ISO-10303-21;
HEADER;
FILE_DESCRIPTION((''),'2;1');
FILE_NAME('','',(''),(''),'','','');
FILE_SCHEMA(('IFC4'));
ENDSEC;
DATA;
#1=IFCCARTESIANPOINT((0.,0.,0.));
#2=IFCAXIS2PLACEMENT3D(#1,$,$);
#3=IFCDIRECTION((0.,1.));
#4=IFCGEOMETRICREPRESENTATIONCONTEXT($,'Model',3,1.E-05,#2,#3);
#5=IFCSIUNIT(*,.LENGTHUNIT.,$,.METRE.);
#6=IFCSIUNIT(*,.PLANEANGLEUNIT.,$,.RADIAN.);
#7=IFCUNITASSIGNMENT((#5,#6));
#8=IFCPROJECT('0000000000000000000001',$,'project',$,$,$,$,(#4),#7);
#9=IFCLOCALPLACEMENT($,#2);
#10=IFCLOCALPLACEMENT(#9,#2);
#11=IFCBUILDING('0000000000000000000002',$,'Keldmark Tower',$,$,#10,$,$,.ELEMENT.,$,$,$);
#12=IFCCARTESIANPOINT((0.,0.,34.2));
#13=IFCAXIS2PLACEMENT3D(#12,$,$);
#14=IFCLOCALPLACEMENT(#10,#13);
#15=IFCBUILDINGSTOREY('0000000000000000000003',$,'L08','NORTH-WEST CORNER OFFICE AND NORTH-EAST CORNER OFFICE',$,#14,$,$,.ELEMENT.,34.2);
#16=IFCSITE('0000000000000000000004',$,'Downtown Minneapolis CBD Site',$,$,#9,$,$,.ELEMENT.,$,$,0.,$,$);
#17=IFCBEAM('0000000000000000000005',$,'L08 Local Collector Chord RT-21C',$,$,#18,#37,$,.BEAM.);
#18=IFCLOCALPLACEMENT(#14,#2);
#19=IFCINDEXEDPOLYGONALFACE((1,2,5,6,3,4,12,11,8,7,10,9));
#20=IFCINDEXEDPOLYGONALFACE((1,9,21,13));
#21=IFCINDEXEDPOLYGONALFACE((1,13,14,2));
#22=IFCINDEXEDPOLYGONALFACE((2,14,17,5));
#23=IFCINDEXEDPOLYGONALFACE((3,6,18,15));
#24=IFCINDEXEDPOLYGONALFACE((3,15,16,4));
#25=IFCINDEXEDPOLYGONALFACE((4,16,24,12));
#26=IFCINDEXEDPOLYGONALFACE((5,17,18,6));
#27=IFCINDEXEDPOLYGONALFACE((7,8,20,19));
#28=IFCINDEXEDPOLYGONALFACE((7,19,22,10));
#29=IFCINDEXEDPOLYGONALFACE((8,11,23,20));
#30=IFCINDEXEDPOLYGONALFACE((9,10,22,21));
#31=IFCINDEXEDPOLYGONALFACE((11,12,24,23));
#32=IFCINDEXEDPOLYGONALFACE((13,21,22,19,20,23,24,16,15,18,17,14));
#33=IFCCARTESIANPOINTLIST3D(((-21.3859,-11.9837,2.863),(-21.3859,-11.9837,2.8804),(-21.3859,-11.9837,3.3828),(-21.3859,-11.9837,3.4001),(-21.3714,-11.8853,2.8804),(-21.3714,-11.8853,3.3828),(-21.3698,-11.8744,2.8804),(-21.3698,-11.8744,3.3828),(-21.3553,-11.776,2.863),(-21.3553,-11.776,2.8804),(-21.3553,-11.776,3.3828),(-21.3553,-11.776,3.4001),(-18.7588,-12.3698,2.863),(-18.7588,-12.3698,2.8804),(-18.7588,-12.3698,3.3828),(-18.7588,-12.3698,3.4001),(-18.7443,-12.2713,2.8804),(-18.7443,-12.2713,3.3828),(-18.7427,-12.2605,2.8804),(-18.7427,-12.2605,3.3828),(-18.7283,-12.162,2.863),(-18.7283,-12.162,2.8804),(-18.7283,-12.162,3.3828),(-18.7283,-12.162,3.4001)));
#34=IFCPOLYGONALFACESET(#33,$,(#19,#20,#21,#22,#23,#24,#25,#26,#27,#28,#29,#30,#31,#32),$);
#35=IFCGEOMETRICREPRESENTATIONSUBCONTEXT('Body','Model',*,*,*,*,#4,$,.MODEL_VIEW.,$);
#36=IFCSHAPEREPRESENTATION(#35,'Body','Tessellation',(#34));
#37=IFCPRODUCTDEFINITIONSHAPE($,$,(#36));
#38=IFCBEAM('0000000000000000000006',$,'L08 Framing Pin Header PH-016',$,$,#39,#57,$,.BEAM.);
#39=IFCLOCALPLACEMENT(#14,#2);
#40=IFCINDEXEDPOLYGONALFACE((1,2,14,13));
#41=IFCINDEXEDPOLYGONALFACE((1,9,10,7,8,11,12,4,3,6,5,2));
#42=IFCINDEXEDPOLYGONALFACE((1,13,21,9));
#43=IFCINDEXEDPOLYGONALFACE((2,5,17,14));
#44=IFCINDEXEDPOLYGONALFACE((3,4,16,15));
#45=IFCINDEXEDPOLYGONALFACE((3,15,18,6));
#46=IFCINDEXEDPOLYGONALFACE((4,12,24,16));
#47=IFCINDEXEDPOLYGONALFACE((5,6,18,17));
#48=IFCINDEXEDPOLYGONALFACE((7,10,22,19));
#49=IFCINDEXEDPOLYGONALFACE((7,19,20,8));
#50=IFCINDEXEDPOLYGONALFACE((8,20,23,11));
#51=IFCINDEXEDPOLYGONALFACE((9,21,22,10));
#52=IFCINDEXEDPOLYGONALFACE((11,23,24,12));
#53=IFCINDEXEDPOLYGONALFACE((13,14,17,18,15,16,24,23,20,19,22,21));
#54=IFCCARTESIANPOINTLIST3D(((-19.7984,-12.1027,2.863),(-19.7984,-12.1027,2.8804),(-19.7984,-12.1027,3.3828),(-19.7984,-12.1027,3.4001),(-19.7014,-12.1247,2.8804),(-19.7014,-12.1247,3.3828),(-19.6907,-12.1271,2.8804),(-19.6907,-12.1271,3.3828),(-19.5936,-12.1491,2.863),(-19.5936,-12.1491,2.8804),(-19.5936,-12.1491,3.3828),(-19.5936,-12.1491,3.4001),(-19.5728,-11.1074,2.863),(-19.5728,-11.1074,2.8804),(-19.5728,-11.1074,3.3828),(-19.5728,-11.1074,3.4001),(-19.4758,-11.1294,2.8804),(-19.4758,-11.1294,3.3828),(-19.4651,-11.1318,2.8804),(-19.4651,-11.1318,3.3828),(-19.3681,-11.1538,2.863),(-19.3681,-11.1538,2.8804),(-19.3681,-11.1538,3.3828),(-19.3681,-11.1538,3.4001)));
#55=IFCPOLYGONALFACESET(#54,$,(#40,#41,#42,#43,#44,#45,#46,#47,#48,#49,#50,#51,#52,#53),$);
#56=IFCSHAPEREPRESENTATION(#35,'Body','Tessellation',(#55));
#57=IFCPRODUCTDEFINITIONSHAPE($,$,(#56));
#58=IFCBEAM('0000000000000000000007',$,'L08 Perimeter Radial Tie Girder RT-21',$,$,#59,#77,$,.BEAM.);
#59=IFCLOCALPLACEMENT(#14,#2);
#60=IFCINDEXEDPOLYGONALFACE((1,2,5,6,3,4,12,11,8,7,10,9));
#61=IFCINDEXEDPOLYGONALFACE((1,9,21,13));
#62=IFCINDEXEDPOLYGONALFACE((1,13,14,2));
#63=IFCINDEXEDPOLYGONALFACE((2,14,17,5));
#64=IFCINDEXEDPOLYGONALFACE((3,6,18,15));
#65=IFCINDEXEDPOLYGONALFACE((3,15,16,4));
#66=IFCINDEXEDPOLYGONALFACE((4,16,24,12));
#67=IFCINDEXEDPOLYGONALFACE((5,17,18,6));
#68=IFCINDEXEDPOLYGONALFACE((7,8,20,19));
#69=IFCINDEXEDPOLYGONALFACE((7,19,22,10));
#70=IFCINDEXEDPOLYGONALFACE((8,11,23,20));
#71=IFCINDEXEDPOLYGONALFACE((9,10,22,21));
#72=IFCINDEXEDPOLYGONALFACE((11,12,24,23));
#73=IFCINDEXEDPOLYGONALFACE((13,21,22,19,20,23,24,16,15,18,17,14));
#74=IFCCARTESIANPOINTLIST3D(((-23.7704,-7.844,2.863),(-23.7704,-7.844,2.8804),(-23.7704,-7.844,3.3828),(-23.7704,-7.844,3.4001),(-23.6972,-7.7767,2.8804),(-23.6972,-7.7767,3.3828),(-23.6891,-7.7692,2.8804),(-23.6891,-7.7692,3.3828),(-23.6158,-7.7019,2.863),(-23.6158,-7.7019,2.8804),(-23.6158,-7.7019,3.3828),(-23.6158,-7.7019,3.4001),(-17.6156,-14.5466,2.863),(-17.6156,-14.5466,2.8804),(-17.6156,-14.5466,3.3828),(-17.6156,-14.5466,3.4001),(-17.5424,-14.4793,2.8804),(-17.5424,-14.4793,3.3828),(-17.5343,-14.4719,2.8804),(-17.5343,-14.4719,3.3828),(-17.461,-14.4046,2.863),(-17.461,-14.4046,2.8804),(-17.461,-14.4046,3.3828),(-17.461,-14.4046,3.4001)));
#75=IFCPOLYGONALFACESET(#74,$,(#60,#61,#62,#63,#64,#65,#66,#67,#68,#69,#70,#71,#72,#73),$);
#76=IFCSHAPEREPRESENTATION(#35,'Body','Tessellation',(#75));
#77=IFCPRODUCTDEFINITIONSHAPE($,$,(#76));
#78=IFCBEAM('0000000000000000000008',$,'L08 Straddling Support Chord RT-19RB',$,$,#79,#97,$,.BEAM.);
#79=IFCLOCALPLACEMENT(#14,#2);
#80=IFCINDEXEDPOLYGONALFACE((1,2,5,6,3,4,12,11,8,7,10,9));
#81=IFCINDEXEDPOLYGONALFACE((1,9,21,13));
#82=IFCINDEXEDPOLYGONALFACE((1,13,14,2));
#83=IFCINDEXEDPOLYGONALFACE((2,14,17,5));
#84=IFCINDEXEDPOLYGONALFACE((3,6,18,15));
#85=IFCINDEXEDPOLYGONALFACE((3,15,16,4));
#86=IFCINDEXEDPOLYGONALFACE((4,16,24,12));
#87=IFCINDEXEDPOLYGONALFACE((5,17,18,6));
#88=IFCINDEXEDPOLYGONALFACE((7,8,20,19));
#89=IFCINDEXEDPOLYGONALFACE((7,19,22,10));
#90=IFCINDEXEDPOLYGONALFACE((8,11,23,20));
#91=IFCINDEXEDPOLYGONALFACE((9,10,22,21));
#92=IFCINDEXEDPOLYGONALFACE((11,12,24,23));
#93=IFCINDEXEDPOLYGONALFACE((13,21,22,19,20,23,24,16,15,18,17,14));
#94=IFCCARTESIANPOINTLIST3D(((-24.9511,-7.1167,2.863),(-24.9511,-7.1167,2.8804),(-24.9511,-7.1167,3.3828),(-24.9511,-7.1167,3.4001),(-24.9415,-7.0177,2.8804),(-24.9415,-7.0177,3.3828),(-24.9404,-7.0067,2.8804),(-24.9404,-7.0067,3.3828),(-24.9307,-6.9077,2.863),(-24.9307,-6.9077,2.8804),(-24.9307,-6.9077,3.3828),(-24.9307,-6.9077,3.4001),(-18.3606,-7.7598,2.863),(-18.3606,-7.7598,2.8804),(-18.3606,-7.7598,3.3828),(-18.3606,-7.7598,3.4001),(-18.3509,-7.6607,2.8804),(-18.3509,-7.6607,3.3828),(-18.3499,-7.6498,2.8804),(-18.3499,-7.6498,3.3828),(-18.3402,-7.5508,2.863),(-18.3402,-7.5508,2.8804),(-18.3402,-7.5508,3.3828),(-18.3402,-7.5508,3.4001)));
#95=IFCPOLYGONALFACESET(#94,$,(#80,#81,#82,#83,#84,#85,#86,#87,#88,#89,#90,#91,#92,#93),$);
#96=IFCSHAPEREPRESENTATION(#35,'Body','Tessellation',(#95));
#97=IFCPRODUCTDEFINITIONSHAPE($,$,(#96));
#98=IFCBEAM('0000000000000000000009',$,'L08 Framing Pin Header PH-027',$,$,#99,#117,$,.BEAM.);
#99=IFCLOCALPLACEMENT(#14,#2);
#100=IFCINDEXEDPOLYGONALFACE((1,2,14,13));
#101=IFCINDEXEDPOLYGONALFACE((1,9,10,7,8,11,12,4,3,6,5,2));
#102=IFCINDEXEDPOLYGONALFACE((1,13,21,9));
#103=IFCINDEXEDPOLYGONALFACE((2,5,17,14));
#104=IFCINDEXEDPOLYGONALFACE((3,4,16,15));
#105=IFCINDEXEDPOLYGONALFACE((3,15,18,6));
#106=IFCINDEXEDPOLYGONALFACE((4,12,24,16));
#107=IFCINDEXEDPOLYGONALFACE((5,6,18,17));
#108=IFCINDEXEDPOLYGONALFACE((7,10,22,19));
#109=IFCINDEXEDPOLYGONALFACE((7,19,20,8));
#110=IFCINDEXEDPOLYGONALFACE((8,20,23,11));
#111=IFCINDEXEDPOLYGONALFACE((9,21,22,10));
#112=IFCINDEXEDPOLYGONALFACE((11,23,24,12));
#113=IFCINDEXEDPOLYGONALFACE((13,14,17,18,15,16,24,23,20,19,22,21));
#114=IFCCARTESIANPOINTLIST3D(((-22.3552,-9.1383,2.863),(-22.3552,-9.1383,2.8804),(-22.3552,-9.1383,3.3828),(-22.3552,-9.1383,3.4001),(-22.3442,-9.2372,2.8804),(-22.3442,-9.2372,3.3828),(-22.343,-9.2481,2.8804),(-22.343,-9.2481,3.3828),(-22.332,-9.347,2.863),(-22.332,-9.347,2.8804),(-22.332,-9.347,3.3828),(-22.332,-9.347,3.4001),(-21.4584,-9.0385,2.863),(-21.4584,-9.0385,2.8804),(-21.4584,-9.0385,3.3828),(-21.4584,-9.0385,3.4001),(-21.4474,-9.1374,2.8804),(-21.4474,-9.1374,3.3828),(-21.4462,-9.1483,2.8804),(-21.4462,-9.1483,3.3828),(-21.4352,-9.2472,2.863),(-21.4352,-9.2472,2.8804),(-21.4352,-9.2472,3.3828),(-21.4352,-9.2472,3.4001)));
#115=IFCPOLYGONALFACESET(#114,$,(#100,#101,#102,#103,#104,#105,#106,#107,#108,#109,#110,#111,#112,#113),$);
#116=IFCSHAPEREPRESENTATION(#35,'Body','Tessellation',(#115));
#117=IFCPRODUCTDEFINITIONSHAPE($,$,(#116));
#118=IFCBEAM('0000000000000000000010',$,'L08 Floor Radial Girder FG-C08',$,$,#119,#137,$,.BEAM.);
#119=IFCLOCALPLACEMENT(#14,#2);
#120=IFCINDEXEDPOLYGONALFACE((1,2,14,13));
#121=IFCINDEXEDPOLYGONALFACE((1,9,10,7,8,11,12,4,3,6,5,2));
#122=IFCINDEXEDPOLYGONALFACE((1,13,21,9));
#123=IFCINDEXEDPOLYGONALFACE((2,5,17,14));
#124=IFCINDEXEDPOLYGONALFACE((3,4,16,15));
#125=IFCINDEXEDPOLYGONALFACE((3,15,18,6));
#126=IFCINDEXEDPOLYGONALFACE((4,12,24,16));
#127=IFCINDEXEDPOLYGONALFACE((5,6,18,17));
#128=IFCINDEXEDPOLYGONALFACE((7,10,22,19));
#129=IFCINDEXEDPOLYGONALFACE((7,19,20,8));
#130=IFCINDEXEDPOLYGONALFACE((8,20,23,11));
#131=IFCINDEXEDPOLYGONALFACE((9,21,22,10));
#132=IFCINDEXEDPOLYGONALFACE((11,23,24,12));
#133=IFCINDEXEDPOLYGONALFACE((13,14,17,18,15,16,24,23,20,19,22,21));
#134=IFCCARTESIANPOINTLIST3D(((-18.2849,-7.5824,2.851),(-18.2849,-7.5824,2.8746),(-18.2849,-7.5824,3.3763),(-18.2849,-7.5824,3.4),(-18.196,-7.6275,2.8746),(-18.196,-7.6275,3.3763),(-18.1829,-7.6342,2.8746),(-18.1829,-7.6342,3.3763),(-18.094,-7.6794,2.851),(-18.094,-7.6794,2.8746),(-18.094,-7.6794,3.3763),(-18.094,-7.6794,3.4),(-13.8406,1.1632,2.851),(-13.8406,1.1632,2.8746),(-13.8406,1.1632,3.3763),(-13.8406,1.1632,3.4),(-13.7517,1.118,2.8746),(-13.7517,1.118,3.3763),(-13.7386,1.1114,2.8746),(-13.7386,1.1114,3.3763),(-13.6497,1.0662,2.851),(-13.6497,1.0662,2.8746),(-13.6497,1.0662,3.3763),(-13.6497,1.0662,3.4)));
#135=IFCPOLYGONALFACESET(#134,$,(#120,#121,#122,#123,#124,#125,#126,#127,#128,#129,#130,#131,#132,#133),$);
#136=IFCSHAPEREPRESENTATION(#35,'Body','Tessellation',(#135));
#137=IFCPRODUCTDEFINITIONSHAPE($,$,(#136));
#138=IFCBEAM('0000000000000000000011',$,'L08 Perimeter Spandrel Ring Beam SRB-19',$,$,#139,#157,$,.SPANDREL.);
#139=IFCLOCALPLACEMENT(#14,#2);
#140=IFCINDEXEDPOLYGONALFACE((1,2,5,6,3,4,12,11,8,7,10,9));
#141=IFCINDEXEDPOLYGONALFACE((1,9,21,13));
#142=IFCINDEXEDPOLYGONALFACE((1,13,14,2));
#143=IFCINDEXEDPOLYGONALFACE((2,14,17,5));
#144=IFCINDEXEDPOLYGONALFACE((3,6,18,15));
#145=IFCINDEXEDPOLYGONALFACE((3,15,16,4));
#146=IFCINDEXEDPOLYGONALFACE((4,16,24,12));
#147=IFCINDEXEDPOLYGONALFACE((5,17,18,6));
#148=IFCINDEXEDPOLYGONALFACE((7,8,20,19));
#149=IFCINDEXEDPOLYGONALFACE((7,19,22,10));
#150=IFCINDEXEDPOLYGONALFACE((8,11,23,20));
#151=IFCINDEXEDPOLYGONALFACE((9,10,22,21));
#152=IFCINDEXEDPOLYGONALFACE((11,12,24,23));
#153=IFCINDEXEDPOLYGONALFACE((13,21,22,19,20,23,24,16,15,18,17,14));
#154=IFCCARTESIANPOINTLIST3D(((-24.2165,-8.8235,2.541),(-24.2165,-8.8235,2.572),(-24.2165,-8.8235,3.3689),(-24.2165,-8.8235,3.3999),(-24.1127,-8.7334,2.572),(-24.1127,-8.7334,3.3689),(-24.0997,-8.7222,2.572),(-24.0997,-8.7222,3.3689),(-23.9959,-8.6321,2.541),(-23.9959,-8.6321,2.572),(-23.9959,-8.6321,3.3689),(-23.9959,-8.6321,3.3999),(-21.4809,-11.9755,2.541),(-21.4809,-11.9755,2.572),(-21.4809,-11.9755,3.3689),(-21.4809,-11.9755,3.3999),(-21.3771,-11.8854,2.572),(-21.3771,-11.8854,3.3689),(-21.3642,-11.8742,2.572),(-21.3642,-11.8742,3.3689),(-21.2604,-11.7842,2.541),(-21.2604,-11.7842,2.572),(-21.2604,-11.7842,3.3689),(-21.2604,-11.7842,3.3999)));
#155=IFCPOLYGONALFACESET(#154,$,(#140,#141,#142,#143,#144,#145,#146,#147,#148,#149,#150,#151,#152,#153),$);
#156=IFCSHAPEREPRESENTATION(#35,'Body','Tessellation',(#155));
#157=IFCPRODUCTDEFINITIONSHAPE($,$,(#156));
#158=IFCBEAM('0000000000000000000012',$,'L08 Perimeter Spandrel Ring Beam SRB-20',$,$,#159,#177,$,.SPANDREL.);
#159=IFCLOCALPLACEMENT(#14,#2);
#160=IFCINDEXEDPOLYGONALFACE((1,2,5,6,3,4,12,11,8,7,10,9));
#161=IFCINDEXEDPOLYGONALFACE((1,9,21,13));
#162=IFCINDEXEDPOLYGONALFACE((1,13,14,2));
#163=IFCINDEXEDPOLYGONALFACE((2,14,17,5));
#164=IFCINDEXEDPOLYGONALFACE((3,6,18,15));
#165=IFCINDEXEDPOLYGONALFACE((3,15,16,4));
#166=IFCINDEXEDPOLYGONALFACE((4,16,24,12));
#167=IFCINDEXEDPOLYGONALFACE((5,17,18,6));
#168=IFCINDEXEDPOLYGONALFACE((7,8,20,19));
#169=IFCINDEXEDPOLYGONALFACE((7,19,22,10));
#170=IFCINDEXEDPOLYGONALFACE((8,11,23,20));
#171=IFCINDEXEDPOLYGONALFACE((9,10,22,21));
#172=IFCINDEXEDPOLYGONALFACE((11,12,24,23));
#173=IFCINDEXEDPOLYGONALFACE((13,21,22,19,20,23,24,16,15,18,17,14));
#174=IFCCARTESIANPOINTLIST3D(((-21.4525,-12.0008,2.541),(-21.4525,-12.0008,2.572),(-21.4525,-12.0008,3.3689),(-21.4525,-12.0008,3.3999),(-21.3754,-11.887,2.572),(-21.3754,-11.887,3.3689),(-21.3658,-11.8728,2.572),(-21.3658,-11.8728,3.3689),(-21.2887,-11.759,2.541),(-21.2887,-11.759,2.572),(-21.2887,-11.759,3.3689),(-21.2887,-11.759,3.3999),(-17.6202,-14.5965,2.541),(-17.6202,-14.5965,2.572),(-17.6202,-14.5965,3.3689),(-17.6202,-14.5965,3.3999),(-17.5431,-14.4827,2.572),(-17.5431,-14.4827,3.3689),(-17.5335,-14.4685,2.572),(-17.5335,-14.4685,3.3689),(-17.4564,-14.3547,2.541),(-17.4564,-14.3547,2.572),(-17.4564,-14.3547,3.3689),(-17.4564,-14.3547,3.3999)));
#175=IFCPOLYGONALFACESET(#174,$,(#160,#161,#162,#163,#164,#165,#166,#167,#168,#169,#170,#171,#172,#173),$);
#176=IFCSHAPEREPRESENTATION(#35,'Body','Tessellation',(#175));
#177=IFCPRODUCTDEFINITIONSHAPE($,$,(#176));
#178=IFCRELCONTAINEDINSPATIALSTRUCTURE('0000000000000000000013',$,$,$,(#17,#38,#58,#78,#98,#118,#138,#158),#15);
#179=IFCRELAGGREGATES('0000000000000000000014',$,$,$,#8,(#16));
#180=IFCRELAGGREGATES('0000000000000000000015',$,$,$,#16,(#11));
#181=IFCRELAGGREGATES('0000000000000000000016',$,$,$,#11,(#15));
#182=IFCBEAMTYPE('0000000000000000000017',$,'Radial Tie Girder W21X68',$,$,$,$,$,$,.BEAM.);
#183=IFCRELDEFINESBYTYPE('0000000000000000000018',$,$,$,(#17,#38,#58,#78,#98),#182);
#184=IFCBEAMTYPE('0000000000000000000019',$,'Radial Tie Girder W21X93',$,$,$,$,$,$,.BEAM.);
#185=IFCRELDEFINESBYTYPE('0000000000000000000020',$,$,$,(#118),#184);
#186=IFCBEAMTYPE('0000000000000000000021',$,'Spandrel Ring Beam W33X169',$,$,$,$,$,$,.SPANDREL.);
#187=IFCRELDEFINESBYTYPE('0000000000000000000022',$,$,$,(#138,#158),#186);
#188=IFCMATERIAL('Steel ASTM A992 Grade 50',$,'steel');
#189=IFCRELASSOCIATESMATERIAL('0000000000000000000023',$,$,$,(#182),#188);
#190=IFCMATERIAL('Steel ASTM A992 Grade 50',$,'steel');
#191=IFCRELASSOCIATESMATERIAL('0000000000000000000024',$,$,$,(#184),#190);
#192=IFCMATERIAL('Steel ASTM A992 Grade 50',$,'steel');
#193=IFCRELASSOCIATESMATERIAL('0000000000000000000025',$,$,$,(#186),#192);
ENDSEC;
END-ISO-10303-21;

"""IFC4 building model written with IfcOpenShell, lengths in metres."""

from ifc_helpers import new_model, si_unit, direction, frame, origin, origin_2d, place, context, subcontext, project, spatial, i_section, extrude, material, material_profile, profile_set, type_object, element, save


model = new_model("IFC4")

# Units and contexts
model_context = context("Model", 3, precision=1e-05, world=origin(), true_north=direction((0.0, 1.0)))
body_context = subcontext(model_context, "Body", "Model", "MODEL_VIEW")
ifc_project = project(units=[si_unit("LENGTHUNIT", "METRE"), si_unit("PLANEANGLEUNIT", "RADIAN")], contexts=[model_context])

# Site, building, storey
site_placement = place(None, origin())
site = spatial("IfcSite", under=ifc_project, at=site_placement, Name="Downtown Minneapolis CBD Site", CompositionType="ELEMENT", RefElevation=0.0)
building_placement = place(site_placement, origin())
building = spatial("IfcBuilding", under=site, at=building_placement, Name="Keldmark Tower", CompositionType="ELEMENT")
storey_placement = place(building_placement, frame((0.0, 0.0, 34.2)))
storey = spatial("IfcBuildingStorey", under=building, at=storey_placement, Name="L08", Description="NORTH-WEST CORNER OFFICE AND NORTH-EAST CORNER OFFICE", CompositionType="ELEMENT", Elevation=34.2)

# Beams
ifc_material_1 = material(Name="Steel ASTM A992 Grade 50", Category="steel")
ifc_material_profile_1 = material_profile(ifc_material_1, i_section(OverallWidth=0.21, OverallDepth=0.5371, WebThickness=0.011, FlangeThickness=0.0173, at=origin_2d()), Name="W21X68")
ifc_profile_set_1 = profile_set([ifc_material_profile_1], Name="Steel ASTM A992 Grade 50")
beam_type_1 = type_object("IfcBeamType", Name="Radial Tie Girder W21X68", PredefinedType="BEAM", material=ifc_profile_set_1)
beam_1_placement = place(storey_placement, frame((-21.3706, -11.8799, 3.1316), z_axis=(0.989377, -0.145372, 0.0), x_axis=(0.145372, 0.989377, 0.0)))
element("IfcBeam", 1, at=beam_1_placement, inside=storey, type_object=beam_type_1, Name="L08 Local Collector Chord RT-21C", PredefinedType="BEAM", context=body_context, shape_type="SweptSolid", body=[
    extrude(i_section(OverallWidth=0.21, OverallDepth=0.5371, WebThickness=0.011, FlangeThickness=0.0173, at=origin_2d()), origin(), (0.0, 0.0, 1.0), 2.6553),
])
beam_2_placement = place(storey_placement, frame((-19.4705, -11.1306, 3.1316), z_axis=(-0.221032, -0.975267, 0.0), x_axis=(0.975267, -0.221032, 0.0)))
element("IfcBeam", 2, at=beam_2_placement, inside=storey, type_object=beam_type_1, Name="L08 Framing Pin Header PH-016", PredefinedType="BEAM", context=body_context, shape_type="SweptSolid", body=[
    extrude(i_section(OverallWidth=0.21, OverallDepth=0.5371, WebThickness=0.011, FlangeThickness=0.0173, at=origin_2d()), origin(), (0.0, 0.0, 1.0), 1.0205),
])
beam_3_placement = place(storey_placement, frame((-23.6931, -7.7729, 3.1316), z_axis=(0.676363, -0.736568, 0.0), x_axis=(0.736568, 0.676363, 0.0)))
element("IfcBeam", 3, at=beam_3_placement, inside=storey, type_object=beam_type_1, Name="L08 Perimeter Radial Tie Girder RT-21", PredefinedType="BEAM", context=body_context, shape_type="SweptSolid", body=[
    extrude(i_section(OverallWidth=0.21, OverallDepth=0.5371, WebThickness=0.011, FlangeThickness=0.0173, at=origin_2d()), origin(), (0.0, 0.0, 1.0), 9.0999),
])
beam_4_placement = place(storey_placement, frame((-24.9409, -7.0122, 3.1316), z_axis=(0.995273, -0.097112, 0.0), x_axis=(0.097112, 0.995273, 0.0)))
element("IfcBeam", 4, at=beam_4_placement, inside=storey, type_object=beam_type_1, Name="L08 Straddling Support Chord RT-19RB", PredefinedType="BEAM", context=body_context, shape_type="SweptSolid", body=[
    extrude(i_section(OverallWidth=0.21, OverallDepth=0.5371, WebThickness=0.011, FlangeThickness=0.0173, at=origin_2d()), origin(), (0.0, 0.0, 1.0), 6.6218),
])
beam_5_placement = place(storey_placement, frame((-21.4468, -9.1428, 3.1316), z_axis=(-0.993857, -0.110669, 0.0), x_axis=(0.110669, -0.993857, 0.0)))
element("IfcBeam", 5, at=beam_5_placement, inside=storey, type_object=beam_type_1, Name="L08 Framing Pin Header PH-027", PredefinedType="BEAM", context=body_context, shape_type="SweptSolid", body=[
    extrude(i_section(OverallWidth=0.21, OverallDepth=0.5371, WebThickness=0.011, FlangeThickness=0.0173, at=origin_2d()), origin(), (0.0, 0.0, 1.0), 0.9023),
])
ifc_material_2 = material(Name="Steel ASTM A992 Grade 50", Category="steel")
ifc_material_profile_2 = material_profile(ifc_material_2, i_section(OverallWidth=0.2141, OverallDepth=0.5491, WebThickness=0.0146, FlangeThickness=0.0237, at=origin_2d()), Name="W21X93")
ifc_profile_set_2 = profile_set([ifc_material_profile_2], Name="Steel ASTM A992 Grade 50")
beam_type_2 = type_object("IfcBeamType", Name="Radial Tie Girder W21X93", PredefinedType="BEAM", material=ifc_profile_set_2)
beam_6_placement = place(storey_placement, frame((-18.1895, -7.6309, 3.1255), z_axis=(0.453038, 0.891491, 0.0), x_axis=(-0.891491, 0.453038, 0.0)))
element("IfcBeam", 6, at=beam_6_placement, inside=storey, type_object=beam_type_2, Name="L08 Floor Radial Girder FG-C08", PredefinedType="BEAM", context=body_context, shape_type="SweptSolid", body=[
    extrude(i_section(OverallWidth=0.2141, OverallDepth=0.5491, WebThickness=0.0146, FlangeThickness=0.0237, at=origin_2d()), origin(), (0.0, 0.0, 1.0), 9.8101),
])
ifc_material_3 = material(Name="Steel ASTM A992 Grade 50", Category="steel")
ifc_material_profile_3 = material_profile(ifc_material_3, i_section(OverallWidth=0.292, OverallDepth=0.8589, WebThickness=0.0171, FlangeThickness=0.031, at=origin_2d()), Name="W33X169")
ifc_profile_set_3 = profile_set([ifc_material_profile_3], Name="Steel ASTM A992 Grade 50")
beam_type_3 = type_object("IfcBeamType", Name="Spandrel Ring Beam W33X169", PredefinedType="SPANDREL", material=ifc_profile_set_3)
beam_7_placement = place(storey_placement, frame((-24.1062, -8.7278, 2.9705), z_axis=(0.655447, -0.755241, 0.0), x_axis=(0.755241, 0.655447, 0.0)))
element("IfcBeam", 7, at=beam_7_placement, inside=storey, type_object=beam_type_3, Name="L08 Perimeter Spandrel Ring Beam SRB-19", PredefinedType="SPANDREL", context=body_context, shape_type="SweptSolid", body=[
    extrude(i_section(OverallWidth=0.292, OverallDepth=0.8589, WebThickness=0.0171, FlangeThickness=0.031, at=origin_2d()), origin(), (0.0, 0.0, 1.0), 4.1736),
])
beam_8_placement = place(storey_placement, frame((-21.3706, -11.8799, 2.9705), z_axis=(0.827954, -0.560796, 0.0), x_axis=(0.560796, 0.827954, 0.0)))
element("IfcBeam", 8, at=beam_8_placement, inside=storey, type_object=beam_type_3, Name="L08 Perimeter Spandrel Ring Beam SRB-20", PredefinedType="SPANDREL", context=body_context, shape_type="SweptSolid", body=[
    extrude(i_section(OverallWidth=0.292, OverallDepth=0.8589, WebThickness=0.0171, FlangeThickness=0.031, at=origin_2d()), origin(), (0.0, 0.0, 1.0), 4.6287),
])

save(model, "model.ifc")
